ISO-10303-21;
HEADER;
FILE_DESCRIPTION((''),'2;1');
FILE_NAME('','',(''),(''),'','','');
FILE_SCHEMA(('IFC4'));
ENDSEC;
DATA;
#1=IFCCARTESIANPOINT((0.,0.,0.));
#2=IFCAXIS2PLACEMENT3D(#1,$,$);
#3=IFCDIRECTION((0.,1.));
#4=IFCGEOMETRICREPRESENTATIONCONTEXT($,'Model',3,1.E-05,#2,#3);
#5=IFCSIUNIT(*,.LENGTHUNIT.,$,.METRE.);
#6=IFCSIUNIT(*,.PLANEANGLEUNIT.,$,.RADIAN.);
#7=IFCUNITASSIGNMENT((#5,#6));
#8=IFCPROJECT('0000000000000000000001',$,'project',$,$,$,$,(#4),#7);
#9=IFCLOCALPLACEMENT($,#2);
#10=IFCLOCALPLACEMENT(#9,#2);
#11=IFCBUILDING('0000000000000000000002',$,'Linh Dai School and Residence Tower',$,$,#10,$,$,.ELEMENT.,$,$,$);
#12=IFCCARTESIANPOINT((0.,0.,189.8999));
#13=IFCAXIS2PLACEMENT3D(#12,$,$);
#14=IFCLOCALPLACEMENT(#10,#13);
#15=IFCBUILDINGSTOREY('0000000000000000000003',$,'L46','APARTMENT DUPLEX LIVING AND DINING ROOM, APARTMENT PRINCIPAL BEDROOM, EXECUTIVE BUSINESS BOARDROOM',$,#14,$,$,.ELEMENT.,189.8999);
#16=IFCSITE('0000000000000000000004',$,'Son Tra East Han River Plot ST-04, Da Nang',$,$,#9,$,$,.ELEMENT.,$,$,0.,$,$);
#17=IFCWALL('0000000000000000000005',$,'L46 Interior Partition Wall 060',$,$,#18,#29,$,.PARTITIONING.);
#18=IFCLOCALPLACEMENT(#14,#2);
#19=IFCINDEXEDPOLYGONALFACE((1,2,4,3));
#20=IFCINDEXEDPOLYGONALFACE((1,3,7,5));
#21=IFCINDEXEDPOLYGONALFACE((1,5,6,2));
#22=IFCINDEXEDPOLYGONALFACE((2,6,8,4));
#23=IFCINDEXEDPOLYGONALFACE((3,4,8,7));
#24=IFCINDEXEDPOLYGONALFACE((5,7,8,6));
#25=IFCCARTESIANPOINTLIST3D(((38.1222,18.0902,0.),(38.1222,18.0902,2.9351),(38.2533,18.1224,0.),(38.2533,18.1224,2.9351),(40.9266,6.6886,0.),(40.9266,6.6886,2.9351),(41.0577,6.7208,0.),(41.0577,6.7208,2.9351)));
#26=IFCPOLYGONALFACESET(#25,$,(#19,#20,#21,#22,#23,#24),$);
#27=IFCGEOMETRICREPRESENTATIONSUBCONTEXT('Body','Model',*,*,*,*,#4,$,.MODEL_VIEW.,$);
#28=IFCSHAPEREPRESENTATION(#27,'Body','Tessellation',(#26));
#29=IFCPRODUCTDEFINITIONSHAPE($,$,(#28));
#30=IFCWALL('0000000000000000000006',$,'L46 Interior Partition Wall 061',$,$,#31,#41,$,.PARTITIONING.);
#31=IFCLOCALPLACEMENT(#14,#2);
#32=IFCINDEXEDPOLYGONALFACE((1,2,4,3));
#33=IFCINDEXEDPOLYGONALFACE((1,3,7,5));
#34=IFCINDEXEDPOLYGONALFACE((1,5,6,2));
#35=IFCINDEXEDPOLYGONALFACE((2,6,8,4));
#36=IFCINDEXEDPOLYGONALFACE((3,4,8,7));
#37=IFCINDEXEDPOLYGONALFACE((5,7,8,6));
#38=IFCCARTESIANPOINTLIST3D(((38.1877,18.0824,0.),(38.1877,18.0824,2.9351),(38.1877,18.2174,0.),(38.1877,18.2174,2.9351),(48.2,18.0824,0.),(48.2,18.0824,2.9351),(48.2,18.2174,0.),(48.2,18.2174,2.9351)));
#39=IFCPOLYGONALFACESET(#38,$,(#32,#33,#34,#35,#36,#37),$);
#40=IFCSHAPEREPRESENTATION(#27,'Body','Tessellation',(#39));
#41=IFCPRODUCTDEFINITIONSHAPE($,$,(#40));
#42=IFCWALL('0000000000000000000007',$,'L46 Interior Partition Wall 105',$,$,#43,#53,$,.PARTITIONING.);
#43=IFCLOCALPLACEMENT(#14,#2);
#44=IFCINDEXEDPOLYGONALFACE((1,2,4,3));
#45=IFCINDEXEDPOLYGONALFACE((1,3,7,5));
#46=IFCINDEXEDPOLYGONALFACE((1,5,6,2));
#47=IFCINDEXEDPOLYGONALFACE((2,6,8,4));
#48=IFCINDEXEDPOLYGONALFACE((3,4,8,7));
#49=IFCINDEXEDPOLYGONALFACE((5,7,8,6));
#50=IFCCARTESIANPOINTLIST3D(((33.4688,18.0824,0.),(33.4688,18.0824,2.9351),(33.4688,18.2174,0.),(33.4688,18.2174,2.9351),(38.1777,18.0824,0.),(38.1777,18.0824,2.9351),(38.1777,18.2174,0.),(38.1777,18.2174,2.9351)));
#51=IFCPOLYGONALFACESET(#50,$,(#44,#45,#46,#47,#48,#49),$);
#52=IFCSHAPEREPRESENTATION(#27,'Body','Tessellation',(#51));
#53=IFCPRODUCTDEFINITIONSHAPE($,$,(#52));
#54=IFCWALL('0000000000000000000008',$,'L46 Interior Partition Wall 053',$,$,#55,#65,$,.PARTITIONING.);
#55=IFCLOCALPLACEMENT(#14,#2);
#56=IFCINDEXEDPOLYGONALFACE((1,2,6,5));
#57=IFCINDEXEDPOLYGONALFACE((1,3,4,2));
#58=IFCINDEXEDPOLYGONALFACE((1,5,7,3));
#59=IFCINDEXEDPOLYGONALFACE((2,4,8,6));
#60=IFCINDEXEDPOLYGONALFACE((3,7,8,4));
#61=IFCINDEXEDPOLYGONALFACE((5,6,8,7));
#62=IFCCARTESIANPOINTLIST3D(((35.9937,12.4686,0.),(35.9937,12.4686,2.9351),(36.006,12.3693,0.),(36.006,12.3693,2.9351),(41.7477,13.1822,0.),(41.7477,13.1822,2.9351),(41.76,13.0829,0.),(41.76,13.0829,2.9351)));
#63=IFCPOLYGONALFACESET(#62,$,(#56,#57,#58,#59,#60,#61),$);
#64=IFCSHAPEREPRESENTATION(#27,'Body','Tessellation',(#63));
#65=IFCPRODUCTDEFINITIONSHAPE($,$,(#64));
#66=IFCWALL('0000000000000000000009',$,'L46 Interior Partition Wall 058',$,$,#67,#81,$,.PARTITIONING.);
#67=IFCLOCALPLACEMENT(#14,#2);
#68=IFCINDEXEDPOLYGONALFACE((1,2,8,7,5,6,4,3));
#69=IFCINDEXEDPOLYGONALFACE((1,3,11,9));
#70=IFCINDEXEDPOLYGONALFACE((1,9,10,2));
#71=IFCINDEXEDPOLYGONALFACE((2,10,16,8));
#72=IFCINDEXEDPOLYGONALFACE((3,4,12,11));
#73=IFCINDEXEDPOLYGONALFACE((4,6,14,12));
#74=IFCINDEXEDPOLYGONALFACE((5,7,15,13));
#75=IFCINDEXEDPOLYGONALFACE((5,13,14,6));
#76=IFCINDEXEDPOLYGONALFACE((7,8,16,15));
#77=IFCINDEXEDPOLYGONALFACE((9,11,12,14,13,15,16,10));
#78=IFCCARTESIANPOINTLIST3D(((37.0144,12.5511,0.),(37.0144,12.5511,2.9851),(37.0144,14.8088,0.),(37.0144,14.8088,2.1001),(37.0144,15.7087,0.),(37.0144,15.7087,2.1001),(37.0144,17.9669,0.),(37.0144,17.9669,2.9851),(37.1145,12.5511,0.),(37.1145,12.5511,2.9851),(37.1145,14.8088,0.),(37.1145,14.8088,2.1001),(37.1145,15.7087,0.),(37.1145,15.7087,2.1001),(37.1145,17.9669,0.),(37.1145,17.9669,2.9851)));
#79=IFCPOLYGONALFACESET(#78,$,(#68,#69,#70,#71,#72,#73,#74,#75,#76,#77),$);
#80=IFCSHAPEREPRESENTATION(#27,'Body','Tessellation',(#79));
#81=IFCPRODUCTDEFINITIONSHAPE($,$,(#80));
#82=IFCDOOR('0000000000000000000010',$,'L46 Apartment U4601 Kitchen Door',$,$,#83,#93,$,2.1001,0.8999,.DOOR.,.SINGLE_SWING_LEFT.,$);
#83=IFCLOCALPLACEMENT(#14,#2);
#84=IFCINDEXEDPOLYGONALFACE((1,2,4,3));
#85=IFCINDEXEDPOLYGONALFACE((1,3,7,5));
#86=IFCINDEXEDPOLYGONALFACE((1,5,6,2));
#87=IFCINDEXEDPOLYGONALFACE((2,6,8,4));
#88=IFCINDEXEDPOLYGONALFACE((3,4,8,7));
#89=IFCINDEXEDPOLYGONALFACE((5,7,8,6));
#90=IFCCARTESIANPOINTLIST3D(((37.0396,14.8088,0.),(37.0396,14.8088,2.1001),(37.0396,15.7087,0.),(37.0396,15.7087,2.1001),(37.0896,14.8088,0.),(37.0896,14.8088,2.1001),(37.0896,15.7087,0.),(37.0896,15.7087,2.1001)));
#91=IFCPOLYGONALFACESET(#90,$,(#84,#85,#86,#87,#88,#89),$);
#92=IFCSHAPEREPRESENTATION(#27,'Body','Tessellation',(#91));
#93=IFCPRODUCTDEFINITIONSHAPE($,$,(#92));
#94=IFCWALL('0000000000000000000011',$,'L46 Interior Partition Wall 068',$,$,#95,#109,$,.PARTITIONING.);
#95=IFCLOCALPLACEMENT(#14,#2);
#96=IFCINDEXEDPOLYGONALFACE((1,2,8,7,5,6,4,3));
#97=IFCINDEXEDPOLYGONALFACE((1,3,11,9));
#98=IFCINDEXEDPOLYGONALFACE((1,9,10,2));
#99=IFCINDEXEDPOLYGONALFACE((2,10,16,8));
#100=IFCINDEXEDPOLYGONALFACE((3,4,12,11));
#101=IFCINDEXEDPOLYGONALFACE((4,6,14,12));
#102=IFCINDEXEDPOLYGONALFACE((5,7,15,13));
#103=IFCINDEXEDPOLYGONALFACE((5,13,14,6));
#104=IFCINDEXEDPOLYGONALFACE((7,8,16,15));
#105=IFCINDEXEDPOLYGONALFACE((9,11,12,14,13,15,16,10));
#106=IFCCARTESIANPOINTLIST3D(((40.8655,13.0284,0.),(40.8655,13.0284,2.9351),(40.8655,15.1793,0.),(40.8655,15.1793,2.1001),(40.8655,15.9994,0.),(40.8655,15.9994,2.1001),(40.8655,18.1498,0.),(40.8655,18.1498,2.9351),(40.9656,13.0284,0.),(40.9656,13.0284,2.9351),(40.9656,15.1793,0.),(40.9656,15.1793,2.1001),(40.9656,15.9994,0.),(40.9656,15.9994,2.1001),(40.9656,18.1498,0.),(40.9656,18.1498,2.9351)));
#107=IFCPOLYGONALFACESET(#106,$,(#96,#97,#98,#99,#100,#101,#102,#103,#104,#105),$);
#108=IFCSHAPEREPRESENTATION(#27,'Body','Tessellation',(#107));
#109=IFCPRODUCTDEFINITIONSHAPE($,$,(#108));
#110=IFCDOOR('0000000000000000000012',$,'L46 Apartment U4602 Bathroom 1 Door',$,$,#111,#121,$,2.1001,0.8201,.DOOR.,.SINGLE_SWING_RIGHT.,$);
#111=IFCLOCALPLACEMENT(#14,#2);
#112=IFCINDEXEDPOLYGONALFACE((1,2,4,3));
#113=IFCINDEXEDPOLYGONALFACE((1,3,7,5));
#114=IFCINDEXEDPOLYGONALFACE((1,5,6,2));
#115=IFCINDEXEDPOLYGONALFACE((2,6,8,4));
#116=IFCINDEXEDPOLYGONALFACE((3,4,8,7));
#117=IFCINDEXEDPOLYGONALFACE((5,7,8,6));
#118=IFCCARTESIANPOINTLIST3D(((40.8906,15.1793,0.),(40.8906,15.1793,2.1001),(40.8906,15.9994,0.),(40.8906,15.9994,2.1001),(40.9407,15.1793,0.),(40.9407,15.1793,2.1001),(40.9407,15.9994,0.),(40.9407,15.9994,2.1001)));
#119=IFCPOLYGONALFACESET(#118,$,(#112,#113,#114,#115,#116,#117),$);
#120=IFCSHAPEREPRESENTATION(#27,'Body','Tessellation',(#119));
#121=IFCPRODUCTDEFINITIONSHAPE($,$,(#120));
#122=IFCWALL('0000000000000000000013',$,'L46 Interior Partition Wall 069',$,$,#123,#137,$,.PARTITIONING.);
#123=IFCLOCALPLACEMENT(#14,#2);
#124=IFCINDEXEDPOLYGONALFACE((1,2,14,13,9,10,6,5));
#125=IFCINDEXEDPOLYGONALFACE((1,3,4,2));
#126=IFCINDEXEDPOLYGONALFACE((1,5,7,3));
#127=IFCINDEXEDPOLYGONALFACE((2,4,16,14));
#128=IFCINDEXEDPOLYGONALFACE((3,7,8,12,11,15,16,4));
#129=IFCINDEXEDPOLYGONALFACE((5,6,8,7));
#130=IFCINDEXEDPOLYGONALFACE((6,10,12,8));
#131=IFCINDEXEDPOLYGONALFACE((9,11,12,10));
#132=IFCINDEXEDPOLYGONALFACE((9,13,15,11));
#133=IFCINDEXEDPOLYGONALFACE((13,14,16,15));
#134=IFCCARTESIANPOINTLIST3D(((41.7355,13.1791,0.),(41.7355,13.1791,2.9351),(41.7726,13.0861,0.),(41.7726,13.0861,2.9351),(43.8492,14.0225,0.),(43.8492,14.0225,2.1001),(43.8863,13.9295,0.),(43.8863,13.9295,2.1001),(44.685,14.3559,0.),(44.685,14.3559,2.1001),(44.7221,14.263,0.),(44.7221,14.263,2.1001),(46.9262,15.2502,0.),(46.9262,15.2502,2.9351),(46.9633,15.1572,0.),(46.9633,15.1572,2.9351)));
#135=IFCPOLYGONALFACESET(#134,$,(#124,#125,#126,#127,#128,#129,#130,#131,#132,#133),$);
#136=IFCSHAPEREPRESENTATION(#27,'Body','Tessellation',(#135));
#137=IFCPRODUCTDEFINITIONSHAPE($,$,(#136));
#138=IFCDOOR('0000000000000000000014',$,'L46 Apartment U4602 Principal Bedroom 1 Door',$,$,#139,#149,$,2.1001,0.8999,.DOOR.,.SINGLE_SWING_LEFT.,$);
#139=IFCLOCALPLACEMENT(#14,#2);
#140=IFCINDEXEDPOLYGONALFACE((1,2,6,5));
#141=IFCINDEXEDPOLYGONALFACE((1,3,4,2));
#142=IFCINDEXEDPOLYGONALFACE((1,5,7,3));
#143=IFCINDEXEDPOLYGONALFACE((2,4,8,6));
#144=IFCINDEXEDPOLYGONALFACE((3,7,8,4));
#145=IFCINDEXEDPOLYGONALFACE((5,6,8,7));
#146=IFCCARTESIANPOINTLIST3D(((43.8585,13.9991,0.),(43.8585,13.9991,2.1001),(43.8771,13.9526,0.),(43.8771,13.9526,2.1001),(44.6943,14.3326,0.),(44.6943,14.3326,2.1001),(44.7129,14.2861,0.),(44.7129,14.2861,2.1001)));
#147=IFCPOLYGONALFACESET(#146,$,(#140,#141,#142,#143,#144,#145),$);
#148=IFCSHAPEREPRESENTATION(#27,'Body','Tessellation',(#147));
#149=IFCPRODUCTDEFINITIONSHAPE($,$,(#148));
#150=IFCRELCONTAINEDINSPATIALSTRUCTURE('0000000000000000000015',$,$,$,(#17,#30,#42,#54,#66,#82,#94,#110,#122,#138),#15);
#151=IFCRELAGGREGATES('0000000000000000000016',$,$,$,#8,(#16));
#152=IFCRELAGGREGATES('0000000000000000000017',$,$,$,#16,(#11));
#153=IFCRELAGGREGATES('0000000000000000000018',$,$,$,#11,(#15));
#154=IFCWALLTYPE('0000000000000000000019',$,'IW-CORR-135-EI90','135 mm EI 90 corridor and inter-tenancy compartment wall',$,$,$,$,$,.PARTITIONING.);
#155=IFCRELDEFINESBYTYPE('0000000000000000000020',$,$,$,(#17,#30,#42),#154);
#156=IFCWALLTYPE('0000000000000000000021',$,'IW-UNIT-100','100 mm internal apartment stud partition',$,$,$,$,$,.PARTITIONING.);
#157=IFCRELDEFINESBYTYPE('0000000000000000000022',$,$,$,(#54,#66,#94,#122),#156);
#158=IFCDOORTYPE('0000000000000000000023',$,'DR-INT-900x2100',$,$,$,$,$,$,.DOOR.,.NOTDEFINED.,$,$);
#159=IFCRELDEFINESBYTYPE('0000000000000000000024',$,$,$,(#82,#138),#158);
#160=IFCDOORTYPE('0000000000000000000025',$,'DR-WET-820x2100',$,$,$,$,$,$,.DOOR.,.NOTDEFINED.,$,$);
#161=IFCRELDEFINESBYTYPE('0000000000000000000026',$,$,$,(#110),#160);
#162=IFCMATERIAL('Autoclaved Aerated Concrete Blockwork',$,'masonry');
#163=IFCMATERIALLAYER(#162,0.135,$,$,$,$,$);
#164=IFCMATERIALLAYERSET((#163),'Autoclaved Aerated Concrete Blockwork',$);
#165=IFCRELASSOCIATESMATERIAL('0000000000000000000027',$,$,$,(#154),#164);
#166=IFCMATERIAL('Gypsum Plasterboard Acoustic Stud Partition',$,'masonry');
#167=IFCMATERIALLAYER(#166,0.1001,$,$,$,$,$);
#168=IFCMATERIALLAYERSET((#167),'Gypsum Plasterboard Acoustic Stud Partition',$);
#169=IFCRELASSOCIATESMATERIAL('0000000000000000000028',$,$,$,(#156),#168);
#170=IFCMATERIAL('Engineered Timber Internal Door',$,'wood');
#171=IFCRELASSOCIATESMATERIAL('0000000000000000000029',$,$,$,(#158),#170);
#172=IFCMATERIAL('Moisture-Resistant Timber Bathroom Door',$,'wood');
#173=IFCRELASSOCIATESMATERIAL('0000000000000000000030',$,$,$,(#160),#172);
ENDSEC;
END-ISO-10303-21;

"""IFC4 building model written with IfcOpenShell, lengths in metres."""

from ifc_helpers import new_model, si_unit, direction, frame, frame_2d, origin, origin_2d, place, context, subcontext, project, spatial, rectangle, extrude, source, transform, mapped, material, layer, layer_set, type_object, element, fill, save


model = new_model("IFC4")

# Units and contexts
model_context = context("Model", 3, precision=1e-05, world=origin(), true_north=direction((0.0, 1.0)))
body_context = subcontext(model_context, "Body", "Model", "MODEL_VIEW")
ifc_project = project(units=[si_unit("LENGTHUNIT", "METRE"), si_unit("PLANEANGLEUNIT", "RADIAN")], contexts=[model_context])

# Site, building, storey
site_placement = place(None, origin())
site = spatial("IfcSite", under=ifc_project, at=site_placement, Name="Son Tra East Han River Plot ST-04, Da Nang", CompositionType="ELEMENT", RefElevation=0.0)
building_placement = place(site_placement, origin())
building = spatial("IfcBuilding", under=site, at=building_placement, Name="Linh Dai School and Residence Tower", CompositionType="ELEMENT")
storey_placement = place(building_placement, frame((0.0, 0.0, 189.8999)))
storey = spatial("IfcBuildingStorey", under=building, at=storey_placement, Name="L46", Description="APARTMENT DUPLEX LIVING AND DINING ROOM, APARTMENT PRINCIPAL BEDROOM, EXECUTIVE BUSINESS BOARDROOM", CompositionType="ELEMENT", Elevation=189.8999)

# Walls
ifc_material_1 = material(Name="Autoclaved Aerated Concrete Blockwork", Category="masonry")
ifc_layer_1 = layer(ifc_material_1, 0.135)
ifc_layer_set_1 = layer_set([ifc_layer_1], Name="Autoclaved Aerated Concrete Blockwork")
wall_type_1 = type_object("IfcWallType", Name="IW-CORR-135-EI90", Description="135 mm EI 90 corridor and inter-tenancy compartment wall", PredefinedType="PARTITIONING", material=ifc_layer_set_1)
wall_1_placement = place(storey_placement, frame((38.1877, 18.1062, 0.0), z_axis=(0.0, 0.0, 1.0), x_axis=(0.23885, -0.971057, 0.0)))
element("IfcWall", 1, at=wall_1_placement, inside=storey, type_object=wall_type_1, Name="L46 Interior Partition Wall 060", PredefinedType="PARTITIONING", context=body_context, shape_type="SweptSolid", body=[
    extrude(rectangle(XDim=11.7415, YDim=0.135, at=frame_2d((5.8706, 0.0))), origin(), (0.0, 0.0, 1.0), 2.9351),
])
wall_2_placement = place(storey_placement, frame((38.1877, 18.1499, 0.0), z_axis=(0.0, 0.0, 1.0), x_axis=(1.0, 0.0, 0.0)))
element("IfcWall", 2, at=wall_2_placement, inside=storey, type_object=wall_type_1, Name="L46 Interior Partition Wall 061", PredefinedType="PARTITIONING", context=body_context, shape_type="SweptSolid", body=[
    extrude(rectangle(XDim=10.0122, YDim=0.135, at=frame_2d((5.0061, 0.0))), origin(), (0.0, 0.0, 1.0), 2.9351),
])
wall_3_placement = place(storey_placement, frame((38.1777, 18.1499, 0.0), z_axis=(0.0, 0.0, 1.0), x_axis=(-1.0, 0.0, 0.0)))
element("IfcWall", 3, at=wall_3_placement, inside=storey, type_object=wall_type_1, Name="L46 Interior Partition Wall 105", PredefinedType="PARTITIONING", context=body_context, shape_type="SweptSolid", body=[
    extrude(rectangle(XDim=4.709, YDim=0.135, at=frame_2d((2.3545, 0.0))), origin(), (0.0, 0.0, 1.0), 2.9351),
])
ifc_material_2 = material(Name="Gypsum Plasterboard Acoustic Stud Partition", Category="masonry")
ifc_layer_2 = layer(ifc_material_2, 0.1001)
ifc_layer_set_2 = layer_set([ifc_layer_2], Name="Gypsum Plasterboard Acoustic Stud Partition")
wall_type_2 = type_object("IfcWallType", Name="IW-UNIT-100", Description="100 mm internal apartment stud partition", PredefinedType="PARTITIONING", material=ifc_layer_set_2)
wall_4_placement = place(storey_placement, frame((36.0, 12.4189, 0.0), z_axis=(0.0, 0.0, 1.0), x_axis=(0.992397, 0.123081, 0.0)))
element("IfcWall", 4, at=wall_4_placement, inside=storey, type_object=wall_type_2, Name="L46 Interior Partition Wall 053", PredefinedType="PARTITIONING", context=body_context, shape_type="SweptSolid", body=[
    extrude(rectangle(XDim=5.7981, YDim=0.1001, at=frame_2d((2.8989, 0.0))), origin(), (0.0, 0.0, 1.0), 2.9351),
])

# Walls, openings, doors
wall_5_placement = place(storey_placement, frame((37.0645, 12.551, 0.0), z_axis=(0.0, 0.0, 1.0), x_axis=(0.0, 1.0, 0.0)))
wall_5 = element("IfcWall", 5, at=wall_5_placement, inside=storey, type_object=wall_type_2, Name="L46 Interior Partition Wall 058", PredefinedType="PARTITIONING", context=body_context, shape_type="SweptSolid", body=[
    extrude(rectangle(XDim=5.4158, YDim=0.1001, at=frame_2d((2.708, 0.0))), origin(), (0.0, 0.0, 1.0), 2.9851),
])
opening_1_placement = place(wall_5_placement, frame((2.2578, 0.0, 0.0)))
opening_1 = element("IfcOpeningElement", 6, at=opening_1_placement, cuts=wall_5, PredefinedType="OPENING", context=body_context, shape_type="SweptSolid", body=[
    extrude(rectangle(XDim=0.8999, YDim=2.1001, at=origin_2d()), frame((0.45, 0.0601, 1.05), z_axis=(0.0, -1.0, 0.0), x_axis=(1.0, 0.0, 0.0)), (0.0, 0.0, 1.0), 0.1201),
])
ifc_material_3 = material(Name="Engineered Timber Internal Door", Category="wood")
door_type_1 = type_object("IfcDoorType", Name="DR-INT-900x2100", OperationType="NOTDEFINED", PredefinedType="DOOR", material=ifc_material_3)
shared_shape_1 = source(origin(), body_context, "Body", "SweptSolid", [
    extrude(rectangle(XDim=0.8999, YDim=2.1001, at=origin_2d()), frame((0.45, 0.0249, 1.05), z_axis=(0.0, -1.0, 0.0), x_axis=(1.0, 0.0, 0.0)), (0.0, 0.0, 1.0), 0.05),
])
door_1_placement = place(opening_1_placement, origin())
door_1 = element("IfcDoor", 7, at=door_1_placement, inside=storey, type_object=door_type_1, Name="L46 Apartment U4601 Kitchen Door", OperationType="SINGLE_SWING_LEFT", OverallHeight=2.1001, OverallWidth=0.8999, PredefinedType="DOOR", context=body_context, shape_type="MappedRepresentation", body=[
    mapped(shared_shape_1, transform((0.0, 0.0, 0.0), x_axis=(1.0, 0.0, 0.0), y_axis=(0.0, 1.0, 0.0), z_axis=(0.0, 0.0, 1.0), scale=1.0)),
])
fill(opening_1, door_1)
wall_6_placement = place(storey_placement, frame((40.9155, 13.0286, 0.0), z_axis=(0.0, 0.0, 1.0), x_axis=(0.0, 1.0, 0.0)))
wall_6 = element("IfcWall", 8, at=wall_6_placement, inside=storey, type_object=wall_type_2, Name="L46 Interior Partition Wall 068", PredefinedType="PARTITIONING", context=body_context, shape_type="SweptSolid", body=[
    extrude(rectangle(XDim=5.1213, YDim=0.1001, at=frame_2d((2.5605, 0.0))), origin(), (0.0, 0.0, 1.0), 2.9351),
])
opening_2_placement = place(wall_6_placement, frame((2.1506, 0.0, 0.0)))
opening_2 = element("IfcOpeningElement", 9, at=opening_2_placement, cuts=wall_6, PredefinedType="OPENING", context=body_context, shape_type="SweptSolid", body=[
    extrude(rectangle(XDim=0.8201, YDim=2.1001, at=origin_2d()), frame((0.4102, 0.0601, 1.05), z_axis=(0.0, -1.0, 0.0), x_axis=(1.0, 0.0, 0.0)), (0.0, 0.0, 1.0), 0.1201),
])
ifc_material_4 = material(Name="Moisture-Resistant Timber Bathroom Door", Category="wood")
door_type_2 = type_object("IfcDoorType", Name="DR-WET-820x2100", OperationType="NOTDEFINED", PredefinedType="DOOR", material=ifc_material_4)
shared_shape_2 = source(origin(), body_context, "Body", "SweptSolid", [
    extrude(rectangle(XDim=0.8201, YDim=2.1001, at=origin_2d()), frame((0.4102, 0.0249, 1.05), z_axis=(0.0, -1.0, 0.0), x_axis=(1.0, 0.0, 0.0)), (0.0, 0.0, 1.0), 0.05),
])
door_2_placement = place(opening_2_placement, origin())
door_2 = element("IfcDoor", 10, at=door_2_placement, inside=storey, type_object=door_type_2, Name="L46 Apartment U4602 Bathroom 1 Door", OperationType="SINGLE_SWING_RIGHT", OverallHeight=2.1001, OverallWidth=0.8201, PredefinedType="DOOR", context=body_context, shape_type="MappedRepresentation", body=[
    mapped(shared_shape_2, transform((0.0, 0.0, 0.0), x_axis=(1.0, 0.0, 0.0), y_axis=(0.0, 1.0, 0.0), z_axis=(0.0, 0.0, 1.0), scale=1.0)),
])
fill(opening_2, door_2)
wall_7_placement = place(storey_placement, frame((41.7539, 13.1326, 0.0), z_axis=(0.0, 0.0, 1.0), x_axis=(0.928799, 0.370585, 0.0)))
wall_7 = element("IfcWall", 11, at=wall_7_placement, inside=storey, type_object=wall_type_2, Name="L46 Interior Partition Wall 069", PredefinedType="PARTITIONING", context=body_context, shape_type="SweptSolid", body=[
    extrude(rectangle(XDim=5.5886, YDim=0.1001, at=frame_2d((2.7944, 0.0))), origin(), (0.0, 0.0, 1.0), 2.9351),
])
opening_3_placement = place(wall_7_placement, frame((2.2759, 0.0, 0.0)))
opening_3 = element("IfcOpeningElement", 12, at=opening_3_placement, cuts=wall_7, PredefinedType="OPENING", context=body_context, shape_type="SweptSolid", body=[
    extrude(rectangle(XDim=0.8999, YDim=2.1001, at=origin_2d()), frame((0.45, 0.0601, 1.05), z_axis=(0.0, -1.0, 0.0), x_axis=(1.0, 0.0, 0.0)), (0.0, 0.0, 1.0), 0.1201),
])
door_3_placement = place(opening_3_placement, origin())
door_3 = element("IfcDoor", 13, at=door_3_placement, inside=storey, type_object=door_type_1, Name="L46 Apartment U4602 Principal Bedroom 1 Door", OperationType="SINGLE_SWING_LEFT", OverallHeight=2.1001, OverallWidth=0.8999, PredefinedType="DOOR", context=body_context, shape_type="MappedRepresentation", body=[
    mapped(shared_shape_1, transform((0.0, 0.0, 0.0), x_axis=(1.0, 0.0, 0.0), y_axis=(0.0, 1.0, 0.0), z_axis=(0.0, 0.0, 1.0), scale=1.0)),
])
fill(opening_3, door_3)

save(model, "model.ifc")
